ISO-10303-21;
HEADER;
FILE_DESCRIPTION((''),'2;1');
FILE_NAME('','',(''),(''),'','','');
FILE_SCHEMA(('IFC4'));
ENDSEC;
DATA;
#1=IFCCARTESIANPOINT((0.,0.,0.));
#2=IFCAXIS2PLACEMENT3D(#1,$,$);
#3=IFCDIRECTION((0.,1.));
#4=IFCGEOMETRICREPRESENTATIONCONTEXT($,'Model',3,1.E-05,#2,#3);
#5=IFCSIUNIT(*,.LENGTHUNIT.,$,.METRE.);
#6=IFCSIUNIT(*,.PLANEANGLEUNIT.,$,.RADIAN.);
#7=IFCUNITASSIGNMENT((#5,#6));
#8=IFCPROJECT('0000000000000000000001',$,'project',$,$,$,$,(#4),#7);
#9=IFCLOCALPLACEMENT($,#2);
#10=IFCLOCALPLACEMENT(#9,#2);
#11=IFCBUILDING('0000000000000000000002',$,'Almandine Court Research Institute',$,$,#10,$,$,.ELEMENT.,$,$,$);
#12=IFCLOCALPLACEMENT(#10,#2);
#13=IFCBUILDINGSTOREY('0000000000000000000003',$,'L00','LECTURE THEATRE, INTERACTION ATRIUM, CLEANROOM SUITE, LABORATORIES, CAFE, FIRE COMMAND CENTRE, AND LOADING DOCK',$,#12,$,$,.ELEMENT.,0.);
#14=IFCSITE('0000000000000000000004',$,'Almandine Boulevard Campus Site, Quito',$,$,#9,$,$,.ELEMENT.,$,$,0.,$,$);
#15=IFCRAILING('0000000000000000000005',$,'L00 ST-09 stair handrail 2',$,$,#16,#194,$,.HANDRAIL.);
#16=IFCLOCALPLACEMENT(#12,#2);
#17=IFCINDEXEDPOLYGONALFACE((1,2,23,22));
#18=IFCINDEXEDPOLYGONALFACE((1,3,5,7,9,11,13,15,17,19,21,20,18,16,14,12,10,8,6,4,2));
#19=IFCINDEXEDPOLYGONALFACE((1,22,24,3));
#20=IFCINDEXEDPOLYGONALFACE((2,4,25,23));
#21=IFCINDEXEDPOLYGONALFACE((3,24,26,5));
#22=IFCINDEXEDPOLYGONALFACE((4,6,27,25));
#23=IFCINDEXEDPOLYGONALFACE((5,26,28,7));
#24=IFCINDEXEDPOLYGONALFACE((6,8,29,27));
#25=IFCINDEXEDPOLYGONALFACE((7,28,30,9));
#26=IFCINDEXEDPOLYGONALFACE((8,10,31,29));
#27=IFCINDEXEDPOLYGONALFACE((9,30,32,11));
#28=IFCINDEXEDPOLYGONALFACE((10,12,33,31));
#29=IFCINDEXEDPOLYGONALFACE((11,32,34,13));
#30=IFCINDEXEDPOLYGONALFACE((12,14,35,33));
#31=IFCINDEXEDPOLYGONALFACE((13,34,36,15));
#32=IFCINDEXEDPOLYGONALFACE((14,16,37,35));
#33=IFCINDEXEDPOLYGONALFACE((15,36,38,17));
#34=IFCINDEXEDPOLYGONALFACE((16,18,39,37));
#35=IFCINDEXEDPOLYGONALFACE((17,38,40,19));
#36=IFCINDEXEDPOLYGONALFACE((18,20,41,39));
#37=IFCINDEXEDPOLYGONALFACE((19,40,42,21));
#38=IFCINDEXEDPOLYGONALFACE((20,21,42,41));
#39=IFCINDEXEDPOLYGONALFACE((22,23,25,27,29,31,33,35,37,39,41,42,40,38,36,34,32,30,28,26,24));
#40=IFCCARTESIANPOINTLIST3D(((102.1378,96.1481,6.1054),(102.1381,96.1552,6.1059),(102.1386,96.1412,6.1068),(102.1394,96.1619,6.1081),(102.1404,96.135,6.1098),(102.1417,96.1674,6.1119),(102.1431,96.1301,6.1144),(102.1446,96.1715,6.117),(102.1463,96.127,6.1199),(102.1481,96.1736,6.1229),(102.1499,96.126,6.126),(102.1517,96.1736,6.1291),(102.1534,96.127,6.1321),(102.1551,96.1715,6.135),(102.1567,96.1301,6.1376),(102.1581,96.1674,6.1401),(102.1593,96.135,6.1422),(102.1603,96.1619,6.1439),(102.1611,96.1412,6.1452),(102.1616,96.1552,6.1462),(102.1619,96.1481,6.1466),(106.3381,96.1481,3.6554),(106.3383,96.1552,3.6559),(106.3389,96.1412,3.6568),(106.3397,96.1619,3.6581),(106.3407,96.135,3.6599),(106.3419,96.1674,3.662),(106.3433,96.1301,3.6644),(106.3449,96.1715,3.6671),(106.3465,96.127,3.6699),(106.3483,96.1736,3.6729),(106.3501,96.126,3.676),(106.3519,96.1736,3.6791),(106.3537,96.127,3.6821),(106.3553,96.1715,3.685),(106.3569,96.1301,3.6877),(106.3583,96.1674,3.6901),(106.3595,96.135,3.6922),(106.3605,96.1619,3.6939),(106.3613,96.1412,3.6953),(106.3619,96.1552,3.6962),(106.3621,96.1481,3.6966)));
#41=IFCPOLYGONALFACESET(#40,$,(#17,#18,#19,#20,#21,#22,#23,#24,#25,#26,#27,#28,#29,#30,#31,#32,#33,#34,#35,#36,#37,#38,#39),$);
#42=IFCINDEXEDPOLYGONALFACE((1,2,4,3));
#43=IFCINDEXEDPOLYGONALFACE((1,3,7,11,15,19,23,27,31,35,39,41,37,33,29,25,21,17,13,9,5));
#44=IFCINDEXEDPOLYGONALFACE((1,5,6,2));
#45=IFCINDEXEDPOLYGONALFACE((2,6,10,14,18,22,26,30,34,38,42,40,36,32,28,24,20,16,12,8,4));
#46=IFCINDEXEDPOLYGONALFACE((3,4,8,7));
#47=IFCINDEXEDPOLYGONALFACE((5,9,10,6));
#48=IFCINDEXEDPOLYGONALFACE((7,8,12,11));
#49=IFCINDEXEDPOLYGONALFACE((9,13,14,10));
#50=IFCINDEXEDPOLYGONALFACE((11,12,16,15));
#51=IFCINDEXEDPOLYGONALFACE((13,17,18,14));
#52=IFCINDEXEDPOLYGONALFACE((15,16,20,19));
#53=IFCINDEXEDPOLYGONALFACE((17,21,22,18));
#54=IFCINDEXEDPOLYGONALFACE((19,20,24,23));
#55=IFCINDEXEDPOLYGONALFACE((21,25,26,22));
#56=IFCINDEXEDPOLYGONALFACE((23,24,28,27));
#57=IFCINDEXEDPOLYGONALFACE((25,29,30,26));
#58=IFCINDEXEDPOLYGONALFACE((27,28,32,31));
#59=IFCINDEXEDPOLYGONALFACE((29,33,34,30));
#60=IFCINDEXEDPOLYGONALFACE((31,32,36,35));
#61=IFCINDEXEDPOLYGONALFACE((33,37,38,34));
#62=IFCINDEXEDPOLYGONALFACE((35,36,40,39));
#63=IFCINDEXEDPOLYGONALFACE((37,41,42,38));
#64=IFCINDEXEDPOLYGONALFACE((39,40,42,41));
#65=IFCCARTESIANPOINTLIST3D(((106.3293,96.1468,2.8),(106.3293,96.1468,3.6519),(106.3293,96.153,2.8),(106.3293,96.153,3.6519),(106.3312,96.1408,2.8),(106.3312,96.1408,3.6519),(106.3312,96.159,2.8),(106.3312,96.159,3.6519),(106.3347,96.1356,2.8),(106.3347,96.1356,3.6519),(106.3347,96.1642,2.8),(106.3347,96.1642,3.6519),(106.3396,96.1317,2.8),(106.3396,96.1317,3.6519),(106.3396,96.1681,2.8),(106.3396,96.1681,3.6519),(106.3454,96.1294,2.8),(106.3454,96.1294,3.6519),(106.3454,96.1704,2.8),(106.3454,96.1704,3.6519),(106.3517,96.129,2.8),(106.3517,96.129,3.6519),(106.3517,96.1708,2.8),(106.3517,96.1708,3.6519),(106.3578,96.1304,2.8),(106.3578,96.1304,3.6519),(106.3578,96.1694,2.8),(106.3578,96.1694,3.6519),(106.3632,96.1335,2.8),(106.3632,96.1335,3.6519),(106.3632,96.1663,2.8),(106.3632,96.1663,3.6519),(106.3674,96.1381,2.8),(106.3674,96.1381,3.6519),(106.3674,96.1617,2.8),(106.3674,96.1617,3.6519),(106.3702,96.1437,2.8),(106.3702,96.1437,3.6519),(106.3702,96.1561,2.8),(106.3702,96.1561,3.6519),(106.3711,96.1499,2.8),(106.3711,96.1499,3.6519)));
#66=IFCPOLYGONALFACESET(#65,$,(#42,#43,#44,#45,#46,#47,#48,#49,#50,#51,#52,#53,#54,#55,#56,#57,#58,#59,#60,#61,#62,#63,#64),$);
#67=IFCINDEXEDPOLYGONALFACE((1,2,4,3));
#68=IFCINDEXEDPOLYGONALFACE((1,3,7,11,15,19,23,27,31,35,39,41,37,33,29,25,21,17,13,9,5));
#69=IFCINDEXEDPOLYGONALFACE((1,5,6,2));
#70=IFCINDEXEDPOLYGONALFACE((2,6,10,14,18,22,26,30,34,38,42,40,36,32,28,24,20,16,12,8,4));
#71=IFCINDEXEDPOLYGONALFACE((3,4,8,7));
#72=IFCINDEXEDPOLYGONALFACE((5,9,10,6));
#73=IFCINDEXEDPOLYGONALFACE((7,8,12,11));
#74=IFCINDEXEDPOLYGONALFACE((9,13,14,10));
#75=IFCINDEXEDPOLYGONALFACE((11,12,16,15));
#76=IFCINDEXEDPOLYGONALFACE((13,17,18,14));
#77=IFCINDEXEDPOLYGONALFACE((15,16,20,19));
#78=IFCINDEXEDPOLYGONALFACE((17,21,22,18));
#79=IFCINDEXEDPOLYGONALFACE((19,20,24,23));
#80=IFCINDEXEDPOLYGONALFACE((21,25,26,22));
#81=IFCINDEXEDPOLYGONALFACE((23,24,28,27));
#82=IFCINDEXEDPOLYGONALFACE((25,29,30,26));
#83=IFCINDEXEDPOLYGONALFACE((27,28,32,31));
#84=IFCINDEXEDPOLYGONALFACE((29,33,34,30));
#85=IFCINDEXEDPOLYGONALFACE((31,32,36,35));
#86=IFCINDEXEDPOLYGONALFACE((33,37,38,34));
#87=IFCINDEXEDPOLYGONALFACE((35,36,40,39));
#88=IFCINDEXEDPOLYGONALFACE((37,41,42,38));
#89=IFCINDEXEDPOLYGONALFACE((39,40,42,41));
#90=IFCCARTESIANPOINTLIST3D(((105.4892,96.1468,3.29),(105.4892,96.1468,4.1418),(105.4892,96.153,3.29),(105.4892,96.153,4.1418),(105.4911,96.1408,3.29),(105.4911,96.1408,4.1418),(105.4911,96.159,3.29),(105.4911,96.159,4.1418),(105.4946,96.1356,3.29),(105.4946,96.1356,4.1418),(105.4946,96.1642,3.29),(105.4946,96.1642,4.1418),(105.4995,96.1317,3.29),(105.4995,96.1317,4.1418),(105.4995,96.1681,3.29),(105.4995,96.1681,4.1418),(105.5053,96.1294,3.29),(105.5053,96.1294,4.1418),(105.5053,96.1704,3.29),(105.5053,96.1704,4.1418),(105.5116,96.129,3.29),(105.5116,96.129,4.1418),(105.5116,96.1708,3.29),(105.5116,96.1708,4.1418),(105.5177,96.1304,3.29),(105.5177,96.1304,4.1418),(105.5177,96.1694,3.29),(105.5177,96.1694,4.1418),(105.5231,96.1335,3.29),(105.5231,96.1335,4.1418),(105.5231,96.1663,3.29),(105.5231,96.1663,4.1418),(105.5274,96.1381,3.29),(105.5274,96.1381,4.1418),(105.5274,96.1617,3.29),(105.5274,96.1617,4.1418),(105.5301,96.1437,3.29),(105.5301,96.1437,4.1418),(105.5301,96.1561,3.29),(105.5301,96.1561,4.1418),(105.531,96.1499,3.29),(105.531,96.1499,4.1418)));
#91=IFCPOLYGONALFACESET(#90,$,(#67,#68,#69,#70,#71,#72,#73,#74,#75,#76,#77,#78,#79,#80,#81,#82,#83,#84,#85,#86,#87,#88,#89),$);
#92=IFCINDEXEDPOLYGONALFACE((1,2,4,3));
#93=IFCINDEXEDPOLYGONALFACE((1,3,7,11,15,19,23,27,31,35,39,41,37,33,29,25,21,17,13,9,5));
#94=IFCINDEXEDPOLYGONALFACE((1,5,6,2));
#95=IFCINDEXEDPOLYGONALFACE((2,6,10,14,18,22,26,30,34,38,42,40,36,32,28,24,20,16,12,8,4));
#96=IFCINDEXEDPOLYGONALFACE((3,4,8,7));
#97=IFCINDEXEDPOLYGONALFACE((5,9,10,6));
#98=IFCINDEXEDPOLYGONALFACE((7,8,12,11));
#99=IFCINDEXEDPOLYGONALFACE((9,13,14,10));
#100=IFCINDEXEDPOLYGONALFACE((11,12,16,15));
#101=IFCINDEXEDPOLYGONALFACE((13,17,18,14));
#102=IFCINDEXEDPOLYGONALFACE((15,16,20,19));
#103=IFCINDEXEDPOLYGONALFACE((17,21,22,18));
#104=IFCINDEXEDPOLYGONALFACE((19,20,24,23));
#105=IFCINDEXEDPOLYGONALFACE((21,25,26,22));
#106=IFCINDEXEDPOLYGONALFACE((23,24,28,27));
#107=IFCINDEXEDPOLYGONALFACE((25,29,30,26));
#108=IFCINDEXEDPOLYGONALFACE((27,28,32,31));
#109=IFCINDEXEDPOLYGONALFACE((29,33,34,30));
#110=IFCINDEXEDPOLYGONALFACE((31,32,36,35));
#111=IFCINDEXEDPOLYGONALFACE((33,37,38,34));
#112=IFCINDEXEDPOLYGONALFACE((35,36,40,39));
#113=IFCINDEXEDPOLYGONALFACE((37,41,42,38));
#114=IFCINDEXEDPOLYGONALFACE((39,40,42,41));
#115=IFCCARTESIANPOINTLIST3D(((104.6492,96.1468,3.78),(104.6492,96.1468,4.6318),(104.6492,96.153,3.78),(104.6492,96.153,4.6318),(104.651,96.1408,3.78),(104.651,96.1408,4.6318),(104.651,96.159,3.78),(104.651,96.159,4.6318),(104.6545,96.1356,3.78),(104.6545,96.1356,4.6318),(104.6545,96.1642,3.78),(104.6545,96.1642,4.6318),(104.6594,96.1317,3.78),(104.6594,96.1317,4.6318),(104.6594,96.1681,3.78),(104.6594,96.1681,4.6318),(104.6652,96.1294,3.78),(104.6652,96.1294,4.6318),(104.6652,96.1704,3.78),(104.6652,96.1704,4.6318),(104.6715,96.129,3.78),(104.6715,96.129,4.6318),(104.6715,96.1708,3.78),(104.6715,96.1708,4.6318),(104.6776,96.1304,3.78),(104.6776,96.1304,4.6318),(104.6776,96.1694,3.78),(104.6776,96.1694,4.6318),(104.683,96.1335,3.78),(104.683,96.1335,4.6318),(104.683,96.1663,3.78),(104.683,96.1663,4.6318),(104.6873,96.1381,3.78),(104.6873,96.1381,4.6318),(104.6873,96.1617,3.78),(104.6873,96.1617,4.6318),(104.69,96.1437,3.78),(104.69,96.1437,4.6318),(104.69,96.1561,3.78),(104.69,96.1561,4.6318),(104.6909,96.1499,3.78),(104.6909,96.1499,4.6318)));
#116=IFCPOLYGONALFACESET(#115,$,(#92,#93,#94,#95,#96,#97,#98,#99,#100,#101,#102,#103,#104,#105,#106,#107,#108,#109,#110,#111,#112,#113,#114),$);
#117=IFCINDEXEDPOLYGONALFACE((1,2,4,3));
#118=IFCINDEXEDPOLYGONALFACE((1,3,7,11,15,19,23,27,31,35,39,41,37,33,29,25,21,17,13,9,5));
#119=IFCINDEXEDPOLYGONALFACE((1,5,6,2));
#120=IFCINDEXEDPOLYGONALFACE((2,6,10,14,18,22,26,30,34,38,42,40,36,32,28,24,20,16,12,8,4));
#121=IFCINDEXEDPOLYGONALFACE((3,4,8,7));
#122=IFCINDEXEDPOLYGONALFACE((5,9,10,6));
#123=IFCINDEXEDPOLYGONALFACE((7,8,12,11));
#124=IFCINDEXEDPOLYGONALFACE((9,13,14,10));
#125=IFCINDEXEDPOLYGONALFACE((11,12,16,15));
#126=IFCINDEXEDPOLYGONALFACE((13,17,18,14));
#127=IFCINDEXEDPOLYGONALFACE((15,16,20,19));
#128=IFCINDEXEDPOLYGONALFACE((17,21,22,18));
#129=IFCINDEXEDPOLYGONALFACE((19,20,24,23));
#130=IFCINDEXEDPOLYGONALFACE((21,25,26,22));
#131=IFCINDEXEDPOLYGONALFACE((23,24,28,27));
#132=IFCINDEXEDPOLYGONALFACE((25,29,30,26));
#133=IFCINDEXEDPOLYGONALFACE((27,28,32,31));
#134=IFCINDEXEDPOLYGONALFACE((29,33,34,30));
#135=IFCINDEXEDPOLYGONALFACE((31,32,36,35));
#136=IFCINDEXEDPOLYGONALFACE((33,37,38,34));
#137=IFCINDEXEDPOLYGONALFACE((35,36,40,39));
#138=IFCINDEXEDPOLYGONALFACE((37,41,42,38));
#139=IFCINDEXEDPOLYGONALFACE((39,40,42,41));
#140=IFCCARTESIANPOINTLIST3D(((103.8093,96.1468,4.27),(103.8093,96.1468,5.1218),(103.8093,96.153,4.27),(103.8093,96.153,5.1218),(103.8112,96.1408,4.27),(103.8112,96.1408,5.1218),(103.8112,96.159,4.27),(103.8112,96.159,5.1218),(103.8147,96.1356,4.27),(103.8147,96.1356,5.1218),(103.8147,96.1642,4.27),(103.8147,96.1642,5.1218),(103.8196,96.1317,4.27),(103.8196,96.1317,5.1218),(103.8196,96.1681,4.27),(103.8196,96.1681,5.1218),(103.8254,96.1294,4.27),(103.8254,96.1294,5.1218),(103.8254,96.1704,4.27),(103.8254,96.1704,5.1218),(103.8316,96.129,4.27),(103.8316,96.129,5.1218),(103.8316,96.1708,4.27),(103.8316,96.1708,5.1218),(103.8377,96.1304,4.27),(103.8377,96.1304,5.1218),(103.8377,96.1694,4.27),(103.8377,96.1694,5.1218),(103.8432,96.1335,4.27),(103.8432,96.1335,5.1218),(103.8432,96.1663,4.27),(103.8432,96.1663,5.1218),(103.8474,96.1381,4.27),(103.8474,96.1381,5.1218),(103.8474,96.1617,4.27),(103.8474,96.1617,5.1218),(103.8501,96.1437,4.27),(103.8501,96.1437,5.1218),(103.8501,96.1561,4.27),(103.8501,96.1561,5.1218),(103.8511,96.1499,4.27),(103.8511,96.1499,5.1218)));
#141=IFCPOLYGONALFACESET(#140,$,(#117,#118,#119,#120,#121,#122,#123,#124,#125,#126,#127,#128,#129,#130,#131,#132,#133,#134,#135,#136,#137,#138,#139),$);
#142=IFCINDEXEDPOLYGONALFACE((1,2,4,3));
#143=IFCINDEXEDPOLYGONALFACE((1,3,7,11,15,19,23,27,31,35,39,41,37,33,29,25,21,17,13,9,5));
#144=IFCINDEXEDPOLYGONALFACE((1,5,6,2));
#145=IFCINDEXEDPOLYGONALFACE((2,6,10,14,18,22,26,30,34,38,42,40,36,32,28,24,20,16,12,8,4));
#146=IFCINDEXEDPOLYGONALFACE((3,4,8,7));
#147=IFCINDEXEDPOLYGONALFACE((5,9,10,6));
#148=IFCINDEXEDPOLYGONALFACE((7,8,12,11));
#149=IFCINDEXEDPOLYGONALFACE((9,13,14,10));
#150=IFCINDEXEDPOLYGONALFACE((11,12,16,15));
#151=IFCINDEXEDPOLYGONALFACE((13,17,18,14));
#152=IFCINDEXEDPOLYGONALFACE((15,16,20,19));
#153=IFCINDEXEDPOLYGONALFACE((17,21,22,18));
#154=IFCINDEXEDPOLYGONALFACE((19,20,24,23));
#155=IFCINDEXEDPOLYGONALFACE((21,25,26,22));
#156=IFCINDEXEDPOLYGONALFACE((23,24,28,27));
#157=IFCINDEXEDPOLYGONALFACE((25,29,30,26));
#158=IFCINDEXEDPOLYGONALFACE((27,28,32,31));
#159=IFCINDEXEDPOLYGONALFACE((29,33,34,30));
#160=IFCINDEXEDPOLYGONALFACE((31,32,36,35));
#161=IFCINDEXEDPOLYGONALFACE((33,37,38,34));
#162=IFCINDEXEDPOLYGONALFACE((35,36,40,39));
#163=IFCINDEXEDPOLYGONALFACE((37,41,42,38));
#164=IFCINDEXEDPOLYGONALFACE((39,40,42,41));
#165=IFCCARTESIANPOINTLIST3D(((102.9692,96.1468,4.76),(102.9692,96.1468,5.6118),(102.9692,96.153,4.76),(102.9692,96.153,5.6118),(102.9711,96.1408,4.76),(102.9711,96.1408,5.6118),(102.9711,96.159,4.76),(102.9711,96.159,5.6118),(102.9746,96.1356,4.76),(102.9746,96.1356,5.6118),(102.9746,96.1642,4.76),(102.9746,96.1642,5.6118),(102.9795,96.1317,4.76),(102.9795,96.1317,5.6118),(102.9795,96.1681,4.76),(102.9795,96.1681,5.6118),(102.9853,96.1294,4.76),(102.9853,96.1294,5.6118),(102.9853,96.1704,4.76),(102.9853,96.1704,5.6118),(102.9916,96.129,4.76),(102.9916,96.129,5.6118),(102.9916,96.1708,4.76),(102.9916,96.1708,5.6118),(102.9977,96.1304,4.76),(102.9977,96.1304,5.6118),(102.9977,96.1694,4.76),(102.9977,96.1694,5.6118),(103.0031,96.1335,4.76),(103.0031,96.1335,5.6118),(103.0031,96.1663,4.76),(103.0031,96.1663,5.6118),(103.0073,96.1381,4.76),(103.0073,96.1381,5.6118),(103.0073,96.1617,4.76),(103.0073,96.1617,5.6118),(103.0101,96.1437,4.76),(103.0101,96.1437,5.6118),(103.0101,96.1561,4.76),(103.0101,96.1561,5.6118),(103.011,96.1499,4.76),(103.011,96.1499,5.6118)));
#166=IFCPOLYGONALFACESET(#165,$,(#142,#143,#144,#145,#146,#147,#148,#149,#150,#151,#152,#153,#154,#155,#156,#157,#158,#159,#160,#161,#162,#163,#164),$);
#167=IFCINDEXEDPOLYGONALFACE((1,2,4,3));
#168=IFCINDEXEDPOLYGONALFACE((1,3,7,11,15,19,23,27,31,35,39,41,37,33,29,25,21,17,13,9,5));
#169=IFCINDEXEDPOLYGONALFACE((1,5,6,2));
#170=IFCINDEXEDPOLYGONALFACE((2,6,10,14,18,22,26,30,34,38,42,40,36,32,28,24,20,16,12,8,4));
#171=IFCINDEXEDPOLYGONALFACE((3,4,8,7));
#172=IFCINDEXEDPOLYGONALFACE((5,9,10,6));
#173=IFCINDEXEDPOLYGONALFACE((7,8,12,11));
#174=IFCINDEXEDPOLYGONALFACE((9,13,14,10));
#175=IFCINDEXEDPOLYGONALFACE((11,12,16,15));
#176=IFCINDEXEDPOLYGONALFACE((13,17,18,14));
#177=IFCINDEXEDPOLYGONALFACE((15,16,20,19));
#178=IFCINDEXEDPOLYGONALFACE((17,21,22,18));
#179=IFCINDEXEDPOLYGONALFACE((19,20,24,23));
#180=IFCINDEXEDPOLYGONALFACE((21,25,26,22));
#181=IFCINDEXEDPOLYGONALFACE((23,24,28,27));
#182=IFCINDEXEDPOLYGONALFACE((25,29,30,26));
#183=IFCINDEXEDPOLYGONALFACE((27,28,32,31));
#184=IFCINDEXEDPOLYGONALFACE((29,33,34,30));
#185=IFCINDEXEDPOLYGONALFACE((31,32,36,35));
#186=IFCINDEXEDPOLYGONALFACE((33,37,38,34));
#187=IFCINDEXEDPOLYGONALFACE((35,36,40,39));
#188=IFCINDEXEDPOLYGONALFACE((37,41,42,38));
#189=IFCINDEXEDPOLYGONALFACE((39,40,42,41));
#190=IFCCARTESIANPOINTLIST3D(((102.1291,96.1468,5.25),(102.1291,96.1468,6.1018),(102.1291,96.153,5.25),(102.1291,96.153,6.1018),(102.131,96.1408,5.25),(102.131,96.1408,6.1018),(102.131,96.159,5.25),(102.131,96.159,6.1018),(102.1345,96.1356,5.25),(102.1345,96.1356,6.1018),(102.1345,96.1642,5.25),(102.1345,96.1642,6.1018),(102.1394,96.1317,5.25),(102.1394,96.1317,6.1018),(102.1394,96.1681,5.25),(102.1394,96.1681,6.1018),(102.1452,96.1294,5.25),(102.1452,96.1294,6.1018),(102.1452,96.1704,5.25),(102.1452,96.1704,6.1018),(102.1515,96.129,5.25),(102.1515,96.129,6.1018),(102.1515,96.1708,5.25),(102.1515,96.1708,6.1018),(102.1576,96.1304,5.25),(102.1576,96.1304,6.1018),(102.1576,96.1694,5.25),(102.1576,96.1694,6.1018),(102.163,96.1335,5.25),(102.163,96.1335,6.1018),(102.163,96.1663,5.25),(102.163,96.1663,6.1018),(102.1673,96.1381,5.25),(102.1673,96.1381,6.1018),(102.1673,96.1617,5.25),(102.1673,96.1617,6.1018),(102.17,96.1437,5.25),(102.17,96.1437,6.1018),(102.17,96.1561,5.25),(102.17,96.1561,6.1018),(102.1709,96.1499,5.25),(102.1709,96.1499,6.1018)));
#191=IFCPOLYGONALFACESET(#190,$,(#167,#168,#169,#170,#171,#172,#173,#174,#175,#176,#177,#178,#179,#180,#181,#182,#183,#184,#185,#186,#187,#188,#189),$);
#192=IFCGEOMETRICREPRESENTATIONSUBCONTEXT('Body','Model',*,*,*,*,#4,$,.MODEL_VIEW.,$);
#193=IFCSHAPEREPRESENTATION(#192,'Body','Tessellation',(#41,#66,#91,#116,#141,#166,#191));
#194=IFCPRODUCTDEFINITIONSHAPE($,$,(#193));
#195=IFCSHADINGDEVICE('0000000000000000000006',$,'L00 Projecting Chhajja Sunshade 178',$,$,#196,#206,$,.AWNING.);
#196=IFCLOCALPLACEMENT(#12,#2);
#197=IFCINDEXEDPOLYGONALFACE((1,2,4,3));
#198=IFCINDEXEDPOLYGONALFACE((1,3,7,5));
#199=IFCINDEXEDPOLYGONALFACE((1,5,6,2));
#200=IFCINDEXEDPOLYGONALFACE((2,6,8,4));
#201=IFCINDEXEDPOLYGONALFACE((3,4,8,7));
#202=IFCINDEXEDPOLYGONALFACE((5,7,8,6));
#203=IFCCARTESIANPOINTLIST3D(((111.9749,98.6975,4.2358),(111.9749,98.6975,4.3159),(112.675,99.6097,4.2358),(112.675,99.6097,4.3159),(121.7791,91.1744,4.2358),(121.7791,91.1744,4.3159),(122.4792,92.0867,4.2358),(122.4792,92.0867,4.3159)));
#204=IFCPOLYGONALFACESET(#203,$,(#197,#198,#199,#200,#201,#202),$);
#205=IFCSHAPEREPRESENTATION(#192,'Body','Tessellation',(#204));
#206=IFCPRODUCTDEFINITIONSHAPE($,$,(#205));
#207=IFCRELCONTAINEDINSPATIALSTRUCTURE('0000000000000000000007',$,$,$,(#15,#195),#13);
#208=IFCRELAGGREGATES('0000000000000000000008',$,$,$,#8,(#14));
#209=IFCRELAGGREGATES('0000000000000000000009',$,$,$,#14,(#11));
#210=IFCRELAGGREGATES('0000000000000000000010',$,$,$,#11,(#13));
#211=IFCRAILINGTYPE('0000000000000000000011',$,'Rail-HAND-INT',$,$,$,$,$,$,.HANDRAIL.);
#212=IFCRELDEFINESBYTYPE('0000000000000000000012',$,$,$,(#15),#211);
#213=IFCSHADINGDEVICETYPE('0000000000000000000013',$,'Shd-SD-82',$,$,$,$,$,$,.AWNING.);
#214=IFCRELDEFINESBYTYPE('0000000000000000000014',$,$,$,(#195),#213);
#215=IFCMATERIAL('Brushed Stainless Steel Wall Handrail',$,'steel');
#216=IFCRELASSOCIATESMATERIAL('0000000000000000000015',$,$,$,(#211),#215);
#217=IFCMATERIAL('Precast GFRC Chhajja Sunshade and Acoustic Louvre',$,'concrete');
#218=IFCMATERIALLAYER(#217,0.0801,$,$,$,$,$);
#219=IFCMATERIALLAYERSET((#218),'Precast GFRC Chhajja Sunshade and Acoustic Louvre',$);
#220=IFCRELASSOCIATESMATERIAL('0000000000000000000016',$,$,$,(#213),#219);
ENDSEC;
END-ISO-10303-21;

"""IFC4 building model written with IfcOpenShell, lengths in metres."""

from ifc_helpers import new_model, si_unit, direction, frame, origin, origin_2d, place, context, subcontext, project, spatial, rectangle, circle, extrude, material, layer, layer_set, type_object, element, save


model = new_model("IFC4")

# Units and contexts
model_context = context("Model", 3, precision=1e-05, world=origin(), true_north=direction((0.0, 1.0)))
body_context = subcontext(model_context, "Body", "Model", "MODEL_VIEW")
ifc_project = project(units=[si_unit("LENGTHUNIT", "METRE"), si_unit("PLANEANGLEUNIT", "RADIAN")], contexts=[model_context])

# Site, building, storey
site_placement = place(None, origin())
site = spatial("IfcSite", under=ifc_project, at=site_placement, Name="Almandine Boulevard Campus Site, Quito", CompositionType="ELEMENT", RefElevation=0.0)
building_placement = place(site_placement, origin())
building = spatial("IfcBuilding", under=site, at=building_placement, Name="Almandine Court Research Institute", CompositionType="ELEMENT")
storey_placement = place(building_placement, origin())
storey = spatial("IfcBuildingStorey", under=building, at=storey_placement, Name="L00", Description="LECTURE THEATRE, INTERACTION ATRIUM, CLEANROOM SUITE, LABORATORIES, CAFE, FIRE COMMAND CENTRE, AND LOADING DOCK", CompositionType="ELEMENT", Elevation=0.0)

# Railing
ifc_material_1 = material(Name="Brushed Stainless Steel Wall Handrail", Category="steel")
railing_type_1 = type_object("IfcRailingType", Name="Rail-HAND-INT", PredefinedType="HANDRAIL", material=ifc_material_1)
railing_1_placement = place(storey_placement, frame((106.3501, 96.1499, 2.8)))
element("IfcRailing", 1, at=railing_1_placement, inside=storey, type_object=railing_type_1, Name="L00 ST-09 stair handrail 2", PredefinedType="HANDRAIL", context=body_context, shape_type="SweptSolid", body=[
    extrude(circle(Radius=0.0239, at=origin_2d()), frame((0.0, 0.0, 0.876), z_axis=(-0.863793, 0.0, 0.503846), x_axis=(0.0, -1.0, 0.0)), (0.0, 0.0, 1.0), 4.8625),
    extrude(circle(Radius=0.021, at=origin_2d()), origin(), (0.0, 0.0, 1.0), 0.8518),
    extrude(circle(Radius=0.021, at=origin_2d()), frame((-0.8401, 0.0, 0.49)), (0.0, 0.0, 1.0), 0.8518),
    extrude(circle(Radius=0.021, at=origin_2d()), frame((-1.6802, 0.0, 0.98)), (0.0, 0.0, 1.0), 0.8518),
    extrude(circle(Radius=0.021, at=origin_2d()), frame((-2.52, 0.0, 1.47)), (0.0, 0.0, 1.0), 0.8518),
    extrude(circle(Radius=0.021, at=origin_2d()), frame((-3.3601, 0.0, 1.96)), (0.0, 0.0, 1.0), 0.8518),
    extrude(circle(Radius=0.021, at=origin_2d()), frame((-4.2002, 0.0, 2.45)), (0.0, 0.0, 1.0), 0.8518),
])

# Shading device
ifc_material_2 = material(Name="Precast GFRC Chhajja Sunshade and Acoustic Louvre", Category="concrete")
ifc_layer_1 = layer(ifc_material_2, 0.0801)
ifc_layer_set_1 = layer_set([ifc_layer_1], Name="Precast GFRC Chhajja Sunshade and Acoustic Louvre")
shading_device_type = type_object("IfcShadingDeviceType", Name="Shd-SD-82", PredefinedType="AWNING", material=ifc_layer_set_1)
shading_device_placement = place(storey_placement, frame((117.2271, 95.3921, 4.2358), z_axis=(0.0, 0.0, 1.0), x_axis=(0.793353, -0.608761, 0.0)))
element("IfcShadingDevice", 2, at=shading_device_placement, inside=storey, type_object=shading_device_type, Name="L00 Projecting Chhajja Sunshade 178", PredefinedType="AWNING", context=body_context, shape_type="SweptSolid", body=[
    extrude(rectangle(XDim=12.3579, YDim=1.1499, at=origin_2d()), origin(), (0.0, 0.0, 1.0), 0.0801),
])

save(model, "model.ifc")
